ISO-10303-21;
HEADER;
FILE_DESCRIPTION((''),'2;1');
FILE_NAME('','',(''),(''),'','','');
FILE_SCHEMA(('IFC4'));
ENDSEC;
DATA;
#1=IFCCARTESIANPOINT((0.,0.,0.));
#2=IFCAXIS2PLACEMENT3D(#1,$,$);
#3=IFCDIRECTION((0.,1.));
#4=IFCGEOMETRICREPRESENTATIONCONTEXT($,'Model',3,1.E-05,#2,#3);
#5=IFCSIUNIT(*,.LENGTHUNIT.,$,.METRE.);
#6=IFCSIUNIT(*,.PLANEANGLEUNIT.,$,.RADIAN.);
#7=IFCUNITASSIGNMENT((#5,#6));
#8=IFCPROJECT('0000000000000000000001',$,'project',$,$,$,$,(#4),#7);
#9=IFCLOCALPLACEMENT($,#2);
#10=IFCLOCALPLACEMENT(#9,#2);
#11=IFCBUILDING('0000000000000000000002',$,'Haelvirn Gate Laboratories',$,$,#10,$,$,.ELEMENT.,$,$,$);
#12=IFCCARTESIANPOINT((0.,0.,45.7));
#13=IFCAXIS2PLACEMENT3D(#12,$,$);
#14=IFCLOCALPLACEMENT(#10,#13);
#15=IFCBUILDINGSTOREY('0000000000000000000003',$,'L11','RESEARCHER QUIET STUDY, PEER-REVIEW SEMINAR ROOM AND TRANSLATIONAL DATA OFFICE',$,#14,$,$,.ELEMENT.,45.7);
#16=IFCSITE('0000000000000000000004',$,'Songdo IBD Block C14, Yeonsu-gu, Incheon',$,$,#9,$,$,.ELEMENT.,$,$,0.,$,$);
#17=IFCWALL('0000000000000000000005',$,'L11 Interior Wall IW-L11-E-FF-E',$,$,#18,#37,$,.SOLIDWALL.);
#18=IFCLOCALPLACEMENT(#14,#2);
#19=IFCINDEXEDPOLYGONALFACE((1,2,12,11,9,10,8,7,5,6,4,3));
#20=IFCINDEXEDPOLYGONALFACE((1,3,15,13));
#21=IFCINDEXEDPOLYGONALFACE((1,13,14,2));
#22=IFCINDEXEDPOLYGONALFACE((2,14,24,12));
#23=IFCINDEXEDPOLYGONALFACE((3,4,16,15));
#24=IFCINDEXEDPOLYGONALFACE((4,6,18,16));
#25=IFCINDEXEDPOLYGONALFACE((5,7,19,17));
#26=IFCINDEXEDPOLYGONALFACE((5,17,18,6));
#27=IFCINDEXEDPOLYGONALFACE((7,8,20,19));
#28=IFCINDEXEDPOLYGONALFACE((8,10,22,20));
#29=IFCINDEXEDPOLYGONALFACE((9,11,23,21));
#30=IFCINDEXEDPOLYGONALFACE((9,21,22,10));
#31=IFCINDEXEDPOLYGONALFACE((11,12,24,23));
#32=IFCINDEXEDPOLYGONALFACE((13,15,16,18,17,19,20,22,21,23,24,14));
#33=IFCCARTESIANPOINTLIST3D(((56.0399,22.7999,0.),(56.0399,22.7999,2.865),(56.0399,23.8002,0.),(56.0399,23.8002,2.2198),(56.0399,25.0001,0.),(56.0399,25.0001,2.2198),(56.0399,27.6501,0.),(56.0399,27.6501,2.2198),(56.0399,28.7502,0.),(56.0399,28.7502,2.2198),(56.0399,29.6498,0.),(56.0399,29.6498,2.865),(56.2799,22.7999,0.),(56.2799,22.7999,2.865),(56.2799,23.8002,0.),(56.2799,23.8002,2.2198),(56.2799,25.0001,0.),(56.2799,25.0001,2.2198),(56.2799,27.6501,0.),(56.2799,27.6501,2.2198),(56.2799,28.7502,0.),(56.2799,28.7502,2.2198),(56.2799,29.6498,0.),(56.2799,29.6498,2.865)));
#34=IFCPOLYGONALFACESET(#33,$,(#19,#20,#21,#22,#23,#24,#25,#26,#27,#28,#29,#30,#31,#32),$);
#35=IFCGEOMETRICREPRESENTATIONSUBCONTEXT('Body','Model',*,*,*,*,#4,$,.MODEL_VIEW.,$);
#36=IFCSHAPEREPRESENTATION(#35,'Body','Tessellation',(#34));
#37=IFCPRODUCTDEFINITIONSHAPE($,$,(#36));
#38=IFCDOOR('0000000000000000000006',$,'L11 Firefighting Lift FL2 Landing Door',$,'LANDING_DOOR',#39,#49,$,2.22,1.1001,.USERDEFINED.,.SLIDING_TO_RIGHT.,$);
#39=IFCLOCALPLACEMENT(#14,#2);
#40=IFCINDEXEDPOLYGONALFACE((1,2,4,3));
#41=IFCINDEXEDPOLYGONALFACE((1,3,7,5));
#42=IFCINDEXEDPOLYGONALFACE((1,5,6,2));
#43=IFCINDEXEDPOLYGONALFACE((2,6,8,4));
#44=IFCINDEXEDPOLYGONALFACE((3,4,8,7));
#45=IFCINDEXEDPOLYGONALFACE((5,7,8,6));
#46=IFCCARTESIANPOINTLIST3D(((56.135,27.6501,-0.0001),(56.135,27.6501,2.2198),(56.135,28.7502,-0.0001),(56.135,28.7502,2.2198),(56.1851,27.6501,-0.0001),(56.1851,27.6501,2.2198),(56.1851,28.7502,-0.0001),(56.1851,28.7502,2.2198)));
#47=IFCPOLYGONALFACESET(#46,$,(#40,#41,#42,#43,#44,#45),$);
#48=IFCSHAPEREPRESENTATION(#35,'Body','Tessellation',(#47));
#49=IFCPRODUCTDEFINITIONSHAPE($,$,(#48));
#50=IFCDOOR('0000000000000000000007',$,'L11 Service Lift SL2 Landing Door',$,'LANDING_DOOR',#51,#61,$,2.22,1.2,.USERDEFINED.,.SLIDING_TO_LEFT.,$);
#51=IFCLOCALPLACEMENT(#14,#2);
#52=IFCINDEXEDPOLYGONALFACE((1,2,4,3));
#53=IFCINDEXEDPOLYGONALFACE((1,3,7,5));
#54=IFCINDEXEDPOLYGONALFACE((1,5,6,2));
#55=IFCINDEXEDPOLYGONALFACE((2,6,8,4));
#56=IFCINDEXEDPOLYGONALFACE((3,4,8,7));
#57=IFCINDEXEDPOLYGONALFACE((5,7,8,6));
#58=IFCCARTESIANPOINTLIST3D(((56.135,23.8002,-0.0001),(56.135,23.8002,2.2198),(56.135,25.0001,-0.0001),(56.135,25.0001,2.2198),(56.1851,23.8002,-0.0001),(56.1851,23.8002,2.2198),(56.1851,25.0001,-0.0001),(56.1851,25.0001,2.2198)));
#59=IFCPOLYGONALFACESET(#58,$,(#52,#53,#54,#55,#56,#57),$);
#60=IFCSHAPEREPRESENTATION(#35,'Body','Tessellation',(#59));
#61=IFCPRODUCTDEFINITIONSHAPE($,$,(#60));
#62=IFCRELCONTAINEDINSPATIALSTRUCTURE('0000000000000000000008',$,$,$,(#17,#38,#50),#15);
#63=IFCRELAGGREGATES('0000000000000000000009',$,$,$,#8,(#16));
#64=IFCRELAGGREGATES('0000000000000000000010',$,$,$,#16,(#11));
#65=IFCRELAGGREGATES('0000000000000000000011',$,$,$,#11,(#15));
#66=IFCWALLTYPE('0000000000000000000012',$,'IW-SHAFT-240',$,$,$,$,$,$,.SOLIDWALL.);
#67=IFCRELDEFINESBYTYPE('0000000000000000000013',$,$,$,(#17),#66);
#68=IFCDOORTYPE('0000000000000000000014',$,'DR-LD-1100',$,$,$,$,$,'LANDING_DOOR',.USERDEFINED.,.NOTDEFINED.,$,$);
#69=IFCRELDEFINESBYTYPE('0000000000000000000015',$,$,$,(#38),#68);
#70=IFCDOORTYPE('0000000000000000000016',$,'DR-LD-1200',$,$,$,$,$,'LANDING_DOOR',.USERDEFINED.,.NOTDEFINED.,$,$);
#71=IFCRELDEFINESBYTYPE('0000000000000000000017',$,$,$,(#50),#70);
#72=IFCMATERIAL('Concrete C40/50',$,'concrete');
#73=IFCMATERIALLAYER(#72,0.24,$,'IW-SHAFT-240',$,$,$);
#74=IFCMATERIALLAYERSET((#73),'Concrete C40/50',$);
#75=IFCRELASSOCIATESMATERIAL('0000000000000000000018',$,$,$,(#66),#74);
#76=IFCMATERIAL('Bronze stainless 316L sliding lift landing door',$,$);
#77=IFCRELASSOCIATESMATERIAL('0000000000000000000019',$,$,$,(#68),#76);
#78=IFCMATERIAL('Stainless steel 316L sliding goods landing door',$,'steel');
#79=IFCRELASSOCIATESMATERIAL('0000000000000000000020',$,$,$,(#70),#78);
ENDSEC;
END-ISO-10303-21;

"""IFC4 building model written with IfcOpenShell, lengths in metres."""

from ifc_helpers import new_model, si_unit, direction, frame, frame_2d, origin, place, context, subcontext, project, spatial, rectangle, extrude, source, transform, mapped, material, layer, layer_set, type_object, type_shapes, element, fill, save


model = new_model("IFC4")

# Units and contexts
model_context = context("Model", 3, precision=1e-05, world=origin(), true_north=direction((0.0, 1.0)))
body_context = subcontext(model_context, "Body", "Model", "MODEL_VIEW")
ifc_project = project(units=[si_unit("LENGTHUNIT", "METRE"), si_unit("PLANEANGLEUNIT", "RADIAN")], contexts=[model_context])

# Site, building, storey
site_placement = place(None, origin())
site = spatial("IfcSite", under=ifc_project, at=site_placement, Name="Songdo IBD Block C14, Yeonsu-gu, Incheon", CompositionType="ELEMENT", RefElevation=0.0)
building_placement = place(site_placement, origin())
building = spatial("IfcBuilding", under=site, at=building_placement, Name="Haelvirn Gate Laboratories", CompositionType="ELEMENT")
storey_placement = place(building_placement, frame((0.0, 0.0, 45.7)))
storey = spatial("IfcBuildingStorey", under=building, at=storey_placement, Name="L11", Description="RESEARCHER QUIET STUDY, PEER-REVIEW SEMINAR ROOM AND TRANSLATIONAL DATA OFFICE", CompositionType="ELEMENT", Elevation=45.7)

# Shared definitions
ifc_material_1 = material(Name="Concrete C40/50", Category="concrete")

# Shared definitions
ifc_layer_1 = layer(ifc_material_1, 0.24, Name="IW-SHAFT-240")
ifc_layer_set_1 = layer_set([ifc_layer_1], Name="Concrete C40/50")
wall_type_1 = type_object("IfcWallType", Name="IW-SHAFT-240", PredefinedType="SOLIDWALL", material=ifc_layer_set_1)

# Wall, openings, doors
wall_1_placement = place(storey_placement, frame((56.1599, 22.8, 0.0), z_axis=(0.0, 0.0, 1.0), x_axis=(0.0, 1.0, 0.0)))
wall_1 = element("IfcWall", 1, at=wall_1_placement, inside=storey, type_object=wall_type_1, Name="L11 Interior Wall IW-L11-E-FF-E", PredefinedType="SOLIDWALL", context=body_context, shape_type="SweptSolid", body=[
    extrude(rectangle(XDim=6.8499, YDim=0.24, at=frame_2d((3.4248, 0.0))), origin(), (0.0, 0.0, 1.0), 2.865),
])
opening_1_placement = place(wall_1_placement, frame((4.8501, 0.0, 0.0)))
opening_1 = element("IfcOpeningElement", 2, at=opening_1_placement, cuts=wall_1, PredefinedType="OPENING", context=body_context, shape_type="SweptSolid", body=[
    extrude(rectangle(XDim=1.1001, YDim=2.22, at=frame_2d((0.55, 1.1099))), frame((0.0, 0.1299, 0.0), z_axis=(0.0, -1.0, 0.0), x_axis=(1.0, 0.0, 0.0)), (0.0, 0.0, 1.0), 0.26),
])
opening_2_placement = place(wall_1_placement, frame((1.0, 0.0, 0.0)))
opening_2 = element("IfcOpeningElement", 3, at=opening_2_placement, cuts=wall_1, PredefinedType="OPENING", context=body_context, shape_type="SweptSolid", body=[
    extrude(rectangle(XDim=1.2, YDim=2.22, at=frame_2d((0.6001, 1.1099))), frame((0.0, 0.1299, 0.0), z_axis=(0.0, -1.0, 0.0), x_axis=(1.0, 0.0, 0.0)), (0.0, 0.0, 1.0), 0.26),
])
ifc_material_2 = material(Name="Bronze stainless 316L sliding lift landing door")
door_type_1 = type_object("IfcDoorType", Name="DR-LD-1100", ElementType="LANDING_DOOR", OperationType="NOTDEFINED", PredefinedType="USERDEFINED", material=ifc_material_2)
shared_shape_1 = source(origin(), body_context, "Body", "SweptSolid", [
    extrude(rectangle(XDim=1.1001, YDim=2.22, at=frame_2d((0.55, 1.1099))), frame((0.0, 0.0249, 0.0), z_axis=(0.0, -1.0, 0.0), x_axis=(1.0, 0.0, 0.0)), (0.0, 0.0, 1.0), 0.05),
])
type_shapes(door_type_1, [shared_shape_1])
door_1_placement = place(opening_1_placement, origin())
door_1 = element("IfcDoor", 4, at=door_1_placement, inside=storey, type_object=door_type_1, Name="L11 Firefighting Lift FL2 Landing Door", ObjectType="LANDING_DOOR", OperationType="SLIDING_TO_RIGHT", OverallHeight=2.22, OverallWidth=1.1001, PredefinedType="USERDEFINED", context=body_context, shape_type="MappedRepresentation", body=[
    mapped(shared_shape_1, transform((0.0, 0.0, 0.0), scale=1.0)),
])
fill(opening_1, door_1)
ifc_material_3 = material(Name="Stainless steel 316L sliding goods landing door", Category="steel")
door_type_2 = type_object("IfcDoorType", Name="DR-LD-1200", ElementType="LANDING_DOOR", OperationType="NOTDEFINED", PredefinedType="USERDEFINED", material=ifc_material_3)
shared_shape_2 = source(origin(), body_context, "Body", "SweptSolid", [
    extrude(rectangle(XDim=1.2, YDim=2.22, at=frame_2d((0.6001, 1.1099))), frame((0.0, 0.0249, 0.0), z_axis=(0.0, -1.0, 0.0), x_axis=(1.0, 0.0, 0.0)), (0.0, 0.0, 1.0), 0.05),
])
type_shapes(door_type_2, [shared_shape_2])
door_2_placement = place(opening_2_placement, origin())
door_2 = element("IfcDoor", 5, at=door_2_placement, inside=storey, type_object=door_type_2, Name="L11 Service Lift SL2 Landing Door", ObjectType="LANDING_DOOR", OperationType="SLIDING_TO_LEFT", OverallHeight=2.22, OverallWidth=1.2, PredefinedType="USERDEFINED", context=body_context, shape_type="MappedRepresentation", body=[
    mapped(shared_shape_2, transform((0.0, 0.0, 0.0), scale=1.0)),
])
fill(opening_2, door_2)

save(model, "model.ifc")
